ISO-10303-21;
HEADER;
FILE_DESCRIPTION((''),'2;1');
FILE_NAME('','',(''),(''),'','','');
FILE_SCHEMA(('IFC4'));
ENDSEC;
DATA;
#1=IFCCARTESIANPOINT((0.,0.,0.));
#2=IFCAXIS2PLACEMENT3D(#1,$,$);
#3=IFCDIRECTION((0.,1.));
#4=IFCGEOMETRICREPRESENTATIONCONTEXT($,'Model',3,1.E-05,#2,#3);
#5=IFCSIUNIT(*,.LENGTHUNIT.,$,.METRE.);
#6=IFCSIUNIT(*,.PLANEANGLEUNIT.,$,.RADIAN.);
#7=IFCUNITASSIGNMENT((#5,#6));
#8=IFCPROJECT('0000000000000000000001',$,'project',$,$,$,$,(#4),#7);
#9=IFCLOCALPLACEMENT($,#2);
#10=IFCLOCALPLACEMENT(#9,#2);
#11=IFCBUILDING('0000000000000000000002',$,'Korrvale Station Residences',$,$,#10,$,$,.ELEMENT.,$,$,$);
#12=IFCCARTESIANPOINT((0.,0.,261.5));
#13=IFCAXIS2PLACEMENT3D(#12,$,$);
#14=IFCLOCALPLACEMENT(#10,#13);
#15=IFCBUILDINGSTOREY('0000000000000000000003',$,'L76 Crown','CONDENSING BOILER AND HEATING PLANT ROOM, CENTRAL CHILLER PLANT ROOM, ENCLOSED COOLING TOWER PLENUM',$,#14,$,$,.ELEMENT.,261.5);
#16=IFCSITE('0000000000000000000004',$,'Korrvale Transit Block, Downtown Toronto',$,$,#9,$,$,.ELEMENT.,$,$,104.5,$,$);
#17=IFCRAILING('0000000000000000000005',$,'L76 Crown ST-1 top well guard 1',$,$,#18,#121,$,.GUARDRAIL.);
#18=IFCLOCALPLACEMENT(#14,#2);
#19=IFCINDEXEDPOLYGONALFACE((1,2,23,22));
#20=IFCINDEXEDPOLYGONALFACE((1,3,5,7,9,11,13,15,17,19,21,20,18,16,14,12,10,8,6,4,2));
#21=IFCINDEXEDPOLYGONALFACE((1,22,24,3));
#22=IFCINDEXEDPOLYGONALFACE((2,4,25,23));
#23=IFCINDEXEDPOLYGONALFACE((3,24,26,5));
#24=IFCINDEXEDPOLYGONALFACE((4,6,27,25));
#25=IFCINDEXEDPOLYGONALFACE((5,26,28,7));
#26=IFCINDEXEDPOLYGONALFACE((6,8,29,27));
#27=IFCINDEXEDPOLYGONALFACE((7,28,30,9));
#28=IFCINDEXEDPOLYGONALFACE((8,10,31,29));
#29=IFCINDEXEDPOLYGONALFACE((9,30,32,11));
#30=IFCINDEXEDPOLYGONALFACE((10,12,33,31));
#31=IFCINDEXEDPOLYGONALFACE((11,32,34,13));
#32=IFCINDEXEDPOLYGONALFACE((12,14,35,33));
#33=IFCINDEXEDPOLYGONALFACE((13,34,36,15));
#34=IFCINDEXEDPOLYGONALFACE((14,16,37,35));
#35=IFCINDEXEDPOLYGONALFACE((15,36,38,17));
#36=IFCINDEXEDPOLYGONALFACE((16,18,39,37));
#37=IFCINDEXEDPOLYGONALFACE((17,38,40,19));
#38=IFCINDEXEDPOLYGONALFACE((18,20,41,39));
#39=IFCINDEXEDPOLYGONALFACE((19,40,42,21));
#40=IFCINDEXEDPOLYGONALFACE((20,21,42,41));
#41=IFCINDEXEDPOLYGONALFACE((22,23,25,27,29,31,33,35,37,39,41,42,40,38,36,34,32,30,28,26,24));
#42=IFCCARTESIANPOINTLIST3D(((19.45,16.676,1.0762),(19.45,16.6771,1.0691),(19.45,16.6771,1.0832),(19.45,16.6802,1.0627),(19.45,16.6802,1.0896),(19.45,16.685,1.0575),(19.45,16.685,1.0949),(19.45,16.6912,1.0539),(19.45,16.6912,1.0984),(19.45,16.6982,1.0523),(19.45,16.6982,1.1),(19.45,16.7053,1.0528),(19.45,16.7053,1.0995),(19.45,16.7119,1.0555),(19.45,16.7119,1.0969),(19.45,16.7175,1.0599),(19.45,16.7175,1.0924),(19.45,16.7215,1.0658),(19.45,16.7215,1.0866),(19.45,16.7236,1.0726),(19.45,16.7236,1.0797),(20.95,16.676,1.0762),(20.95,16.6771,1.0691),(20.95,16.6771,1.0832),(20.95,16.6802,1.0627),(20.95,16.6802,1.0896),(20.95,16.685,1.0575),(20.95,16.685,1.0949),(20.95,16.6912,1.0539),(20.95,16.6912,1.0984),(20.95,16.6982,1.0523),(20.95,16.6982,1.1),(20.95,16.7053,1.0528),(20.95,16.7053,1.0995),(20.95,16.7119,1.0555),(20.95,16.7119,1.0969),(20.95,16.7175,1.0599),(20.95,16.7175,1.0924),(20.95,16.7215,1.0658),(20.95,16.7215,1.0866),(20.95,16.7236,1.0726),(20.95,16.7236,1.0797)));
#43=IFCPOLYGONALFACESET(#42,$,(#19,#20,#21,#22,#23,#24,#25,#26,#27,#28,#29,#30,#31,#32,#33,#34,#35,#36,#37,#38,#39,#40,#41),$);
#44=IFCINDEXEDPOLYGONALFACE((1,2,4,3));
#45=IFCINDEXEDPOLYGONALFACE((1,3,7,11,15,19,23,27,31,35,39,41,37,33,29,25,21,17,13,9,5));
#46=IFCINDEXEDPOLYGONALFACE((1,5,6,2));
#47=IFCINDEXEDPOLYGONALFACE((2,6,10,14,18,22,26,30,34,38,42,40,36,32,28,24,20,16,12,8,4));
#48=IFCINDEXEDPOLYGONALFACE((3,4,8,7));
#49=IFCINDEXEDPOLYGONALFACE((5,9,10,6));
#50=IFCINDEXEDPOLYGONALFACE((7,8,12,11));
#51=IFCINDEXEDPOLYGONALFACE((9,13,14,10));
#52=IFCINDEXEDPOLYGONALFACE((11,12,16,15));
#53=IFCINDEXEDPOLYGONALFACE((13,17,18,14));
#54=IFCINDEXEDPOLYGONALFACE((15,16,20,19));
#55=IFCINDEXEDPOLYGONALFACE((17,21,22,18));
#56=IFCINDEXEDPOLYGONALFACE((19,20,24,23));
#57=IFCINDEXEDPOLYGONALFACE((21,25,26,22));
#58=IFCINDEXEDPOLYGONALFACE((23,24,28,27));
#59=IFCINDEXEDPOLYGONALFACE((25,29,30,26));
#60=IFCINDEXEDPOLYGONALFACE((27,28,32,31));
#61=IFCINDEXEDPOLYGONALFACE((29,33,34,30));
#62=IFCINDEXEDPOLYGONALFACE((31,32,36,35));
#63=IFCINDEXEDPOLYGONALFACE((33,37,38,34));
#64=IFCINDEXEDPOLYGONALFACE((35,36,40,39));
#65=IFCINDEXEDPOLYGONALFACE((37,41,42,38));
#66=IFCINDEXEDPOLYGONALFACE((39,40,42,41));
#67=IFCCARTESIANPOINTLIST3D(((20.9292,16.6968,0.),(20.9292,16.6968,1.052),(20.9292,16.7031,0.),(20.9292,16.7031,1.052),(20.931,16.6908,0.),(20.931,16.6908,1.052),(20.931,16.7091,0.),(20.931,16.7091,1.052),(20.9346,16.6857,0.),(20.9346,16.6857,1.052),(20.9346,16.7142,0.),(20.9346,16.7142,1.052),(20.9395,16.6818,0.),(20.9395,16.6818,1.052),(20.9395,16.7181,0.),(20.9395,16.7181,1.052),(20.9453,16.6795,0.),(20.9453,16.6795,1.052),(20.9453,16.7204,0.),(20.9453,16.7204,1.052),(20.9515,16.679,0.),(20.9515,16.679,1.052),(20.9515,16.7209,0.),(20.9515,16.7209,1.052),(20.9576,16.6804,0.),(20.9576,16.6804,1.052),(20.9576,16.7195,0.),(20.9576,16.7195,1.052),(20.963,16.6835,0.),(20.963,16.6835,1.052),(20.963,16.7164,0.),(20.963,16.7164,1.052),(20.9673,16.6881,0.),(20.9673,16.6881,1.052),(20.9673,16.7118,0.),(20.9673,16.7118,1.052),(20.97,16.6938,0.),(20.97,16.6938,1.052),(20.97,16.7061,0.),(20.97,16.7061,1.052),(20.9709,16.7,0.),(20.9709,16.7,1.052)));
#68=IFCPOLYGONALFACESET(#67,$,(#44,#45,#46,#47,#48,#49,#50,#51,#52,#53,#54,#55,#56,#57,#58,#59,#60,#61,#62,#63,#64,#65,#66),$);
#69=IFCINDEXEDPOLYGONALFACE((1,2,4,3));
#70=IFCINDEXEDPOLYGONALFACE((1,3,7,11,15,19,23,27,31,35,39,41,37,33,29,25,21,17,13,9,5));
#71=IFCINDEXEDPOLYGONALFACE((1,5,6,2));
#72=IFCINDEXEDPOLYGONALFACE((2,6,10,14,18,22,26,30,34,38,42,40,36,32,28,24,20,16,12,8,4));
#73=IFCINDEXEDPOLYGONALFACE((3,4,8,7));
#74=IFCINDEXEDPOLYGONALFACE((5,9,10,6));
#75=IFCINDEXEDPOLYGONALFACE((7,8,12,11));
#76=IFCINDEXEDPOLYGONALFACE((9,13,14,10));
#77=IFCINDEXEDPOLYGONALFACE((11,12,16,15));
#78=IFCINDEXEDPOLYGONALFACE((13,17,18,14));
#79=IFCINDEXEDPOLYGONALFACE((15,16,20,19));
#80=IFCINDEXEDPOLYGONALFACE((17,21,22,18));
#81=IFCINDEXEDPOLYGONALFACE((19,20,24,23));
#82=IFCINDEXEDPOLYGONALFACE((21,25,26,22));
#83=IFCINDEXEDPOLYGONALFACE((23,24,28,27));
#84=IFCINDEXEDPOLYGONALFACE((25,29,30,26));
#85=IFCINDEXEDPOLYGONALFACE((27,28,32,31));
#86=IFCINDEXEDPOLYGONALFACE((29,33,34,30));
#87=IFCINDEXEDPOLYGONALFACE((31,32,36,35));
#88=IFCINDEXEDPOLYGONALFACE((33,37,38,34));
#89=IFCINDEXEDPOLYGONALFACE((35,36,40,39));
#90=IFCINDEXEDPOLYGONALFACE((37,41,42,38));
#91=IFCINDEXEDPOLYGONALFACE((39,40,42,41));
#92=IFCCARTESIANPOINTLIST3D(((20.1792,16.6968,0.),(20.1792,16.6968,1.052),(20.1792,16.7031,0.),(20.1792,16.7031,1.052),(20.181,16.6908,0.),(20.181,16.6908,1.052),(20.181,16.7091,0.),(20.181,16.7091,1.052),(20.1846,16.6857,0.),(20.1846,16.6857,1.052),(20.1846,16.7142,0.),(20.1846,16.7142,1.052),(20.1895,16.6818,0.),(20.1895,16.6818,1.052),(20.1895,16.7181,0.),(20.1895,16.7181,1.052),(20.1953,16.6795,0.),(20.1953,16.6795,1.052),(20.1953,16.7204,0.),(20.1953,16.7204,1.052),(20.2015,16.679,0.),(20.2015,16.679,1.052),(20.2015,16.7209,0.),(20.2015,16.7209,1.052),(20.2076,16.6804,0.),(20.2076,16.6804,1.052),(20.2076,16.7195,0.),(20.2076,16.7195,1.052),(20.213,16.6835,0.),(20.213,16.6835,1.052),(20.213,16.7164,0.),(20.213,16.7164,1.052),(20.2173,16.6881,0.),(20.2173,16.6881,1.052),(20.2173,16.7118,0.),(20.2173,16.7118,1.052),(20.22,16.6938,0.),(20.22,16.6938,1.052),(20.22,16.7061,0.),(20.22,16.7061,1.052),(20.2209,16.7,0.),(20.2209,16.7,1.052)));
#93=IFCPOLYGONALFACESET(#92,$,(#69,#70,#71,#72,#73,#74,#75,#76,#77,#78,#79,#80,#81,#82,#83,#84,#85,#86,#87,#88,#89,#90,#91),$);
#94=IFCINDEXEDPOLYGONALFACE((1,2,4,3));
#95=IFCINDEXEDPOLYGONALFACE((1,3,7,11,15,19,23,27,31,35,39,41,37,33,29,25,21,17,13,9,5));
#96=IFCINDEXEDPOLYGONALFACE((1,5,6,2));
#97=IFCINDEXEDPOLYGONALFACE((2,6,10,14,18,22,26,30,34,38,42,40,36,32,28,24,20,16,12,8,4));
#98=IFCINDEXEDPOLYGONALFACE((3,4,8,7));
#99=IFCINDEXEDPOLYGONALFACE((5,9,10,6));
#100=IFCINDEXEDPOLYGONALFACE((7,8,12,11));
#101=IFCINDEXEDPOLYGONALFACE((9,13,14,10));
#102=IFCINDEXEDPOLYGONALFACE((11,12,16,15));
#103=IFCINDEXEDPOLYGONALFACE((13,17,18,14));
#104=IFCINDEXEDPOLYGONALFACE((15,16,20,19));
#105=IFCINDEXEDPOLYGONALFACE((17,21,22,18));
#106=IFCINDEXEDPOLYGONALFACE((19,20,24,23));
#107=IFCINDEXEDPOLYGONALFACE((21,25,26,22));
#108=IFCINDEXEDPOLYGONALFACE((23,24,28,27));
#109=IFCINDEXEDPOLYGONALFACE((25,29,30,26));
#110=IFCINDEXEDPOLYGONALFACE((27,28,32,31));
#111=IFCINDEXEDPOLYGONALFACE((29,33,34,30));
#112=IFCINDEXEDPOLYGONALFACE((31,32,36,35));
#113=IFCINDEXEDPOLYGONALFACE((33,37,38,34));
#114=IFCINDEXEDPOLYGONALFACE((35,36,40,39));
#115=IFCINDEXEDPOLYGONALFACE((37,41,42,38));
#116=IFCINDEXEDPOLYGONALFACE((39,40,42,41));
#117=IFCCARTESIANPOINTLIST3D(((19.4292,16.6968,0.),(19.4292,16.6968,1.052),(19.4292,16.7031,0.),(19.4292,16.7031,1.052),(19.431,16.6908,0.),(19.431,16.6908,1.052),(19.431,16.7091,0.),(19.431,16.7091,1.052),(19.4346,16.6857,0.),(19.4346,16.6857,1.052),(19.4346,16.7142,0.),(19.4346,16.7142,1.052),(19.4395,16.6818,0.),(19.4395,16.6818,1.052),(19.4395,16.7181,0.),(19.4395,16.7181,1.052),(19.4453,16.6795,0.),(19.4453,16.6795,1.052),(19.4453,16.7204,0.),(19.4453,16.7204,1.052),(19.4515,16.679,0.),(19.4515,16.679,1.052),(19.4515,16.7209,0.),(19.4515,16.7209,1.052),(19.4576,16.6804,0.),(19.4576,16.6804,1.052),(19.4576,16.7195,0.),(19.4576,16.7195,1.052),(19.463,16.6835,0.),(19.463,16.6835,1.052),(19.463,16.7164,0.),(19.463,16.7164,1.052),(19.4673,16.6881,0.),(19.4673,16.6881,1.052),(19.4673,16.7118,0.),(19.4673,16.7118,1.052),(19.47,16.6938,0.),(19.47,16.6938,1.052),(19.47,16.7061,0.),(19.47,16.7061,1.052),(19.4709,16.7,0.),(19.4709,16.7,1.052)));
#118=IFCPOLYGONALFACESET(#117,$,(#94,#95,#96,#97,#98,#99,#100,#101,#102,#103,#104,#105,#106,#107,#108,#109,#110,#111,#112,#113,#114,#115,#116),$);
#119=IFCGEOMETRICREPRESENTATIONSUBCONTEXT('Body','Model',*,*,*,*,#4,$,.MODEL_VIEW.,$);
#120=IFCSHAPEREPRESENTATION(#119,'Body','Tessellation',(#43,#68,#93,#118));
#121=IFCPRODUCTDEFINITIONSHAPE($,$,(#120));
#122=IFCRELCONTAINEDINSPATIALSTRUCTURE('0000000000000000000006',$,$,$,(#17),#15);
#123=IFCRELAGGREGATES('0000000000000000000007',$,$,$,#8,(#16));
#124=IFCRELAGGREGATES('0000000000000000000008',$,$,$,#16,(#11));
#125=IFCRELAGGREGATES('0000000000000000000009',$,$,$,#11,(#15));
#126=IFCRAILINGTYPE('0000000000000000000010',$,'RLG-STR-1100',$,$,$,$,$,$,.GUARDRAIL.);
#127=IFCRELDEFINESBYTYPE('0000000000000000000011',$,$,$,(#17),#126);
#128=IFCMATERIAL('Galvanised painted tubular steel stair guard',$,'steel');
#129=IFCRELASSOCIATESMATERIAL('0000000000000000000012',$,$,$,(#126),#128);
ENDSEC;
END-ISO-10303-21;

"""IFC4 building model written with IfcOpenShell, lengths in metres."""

from ifc_helpers import new_model, si_unit, direction, frame, origin, origin_2d, place, context, subcontext, project, spatial, circle, extrude, material, type_object, element, save


model = new_model("IFC4")

# Units and contexts
model_context = context("Model", 3, precision=1e-05, world=origin(), true_north=direction((0.0, 1.0)))
body_context = subcontext(model_context, "Body", "Model", "MODEL_VIEW")
ifc_project = project(units=[si_unit("LENGTHUNIT", "METRE"), si_unit("PLANEANGLEUNIT", "RADIAN")], contexts=[model_context])

# Site, building, storey
site_placement = place(None, origin())
site = spatial("IfcSite", under=ifc_project, at=site_placement, Name="Korrvale Transit Block, Downtown Toronto", CompositionType="ELEMENT", RefElevation=104.5)
building_placement = place(site_placement, origin())
building = spatial("IfcBuilding", under=site, at=building_placement, Name="Korrvale Station Residences", CompositionType="ELEMENT")
storey_placement = place(building_placement, frame((0.0, 0.0, 261.5)))
storey = spatial("IfcBuildingStorey", under=building, at=storey_placement, Name="L76 Crown", Description="CONDENSING BOILER AND HEATING PLANT ROOM, CENTRAL CHILLER PLANT ROOM, ENCLOSED COOLING TOWER PLENUM", CompositionType="ELEMENT", Elevation=261.5)

# Railing
ifc_material_1 = material(Name="Galvanised painted tubular steel stair guard", Category="steel")
railing_type = type_object("IfcRailingType", Name="RLG-STR-1100", PredefinedType="GUARDRAIL", material=ifc_material_1)
railing_placement = place(storey_placement, frame((20.95, 16.7, 0.0)))
element("IfcRailing", 1, at=railing_placement, inside=storey, type_object=railing_type, Name="L76 Crown ST-1 top well guard 1", PredefinedType="GUARDRAIL", context=body_context, shape_type="SweptSolid", body=[
    extrude(circle(Radius=0.0239, at=origin_2d()), frame((0.0, 0.0, 1.0762), z_axis=(-1.0, 0.0, 0.0), x_axis=(0.0, -1.0, 0.0)), (0.0, 0.0, 1.0), 1.5),
    extrude(circle(Radius=0.021, at=origin_2d()), origin(), (0.0, 0.0, 1.0), 1.052),
    extrude(circle(Radius=0.021, at=origin_2d()), frame((-0.75, 0.0, 0.0)), (0.0, 0.0, 1.0), 1.052),
    extrude(circle(Radius=0.021, at=origin_2d()), frame((-1.5, 0.0, 0.0)), (0.0, 0.0, 1.0), 1.052),
])

save(model, "model.ifc")
